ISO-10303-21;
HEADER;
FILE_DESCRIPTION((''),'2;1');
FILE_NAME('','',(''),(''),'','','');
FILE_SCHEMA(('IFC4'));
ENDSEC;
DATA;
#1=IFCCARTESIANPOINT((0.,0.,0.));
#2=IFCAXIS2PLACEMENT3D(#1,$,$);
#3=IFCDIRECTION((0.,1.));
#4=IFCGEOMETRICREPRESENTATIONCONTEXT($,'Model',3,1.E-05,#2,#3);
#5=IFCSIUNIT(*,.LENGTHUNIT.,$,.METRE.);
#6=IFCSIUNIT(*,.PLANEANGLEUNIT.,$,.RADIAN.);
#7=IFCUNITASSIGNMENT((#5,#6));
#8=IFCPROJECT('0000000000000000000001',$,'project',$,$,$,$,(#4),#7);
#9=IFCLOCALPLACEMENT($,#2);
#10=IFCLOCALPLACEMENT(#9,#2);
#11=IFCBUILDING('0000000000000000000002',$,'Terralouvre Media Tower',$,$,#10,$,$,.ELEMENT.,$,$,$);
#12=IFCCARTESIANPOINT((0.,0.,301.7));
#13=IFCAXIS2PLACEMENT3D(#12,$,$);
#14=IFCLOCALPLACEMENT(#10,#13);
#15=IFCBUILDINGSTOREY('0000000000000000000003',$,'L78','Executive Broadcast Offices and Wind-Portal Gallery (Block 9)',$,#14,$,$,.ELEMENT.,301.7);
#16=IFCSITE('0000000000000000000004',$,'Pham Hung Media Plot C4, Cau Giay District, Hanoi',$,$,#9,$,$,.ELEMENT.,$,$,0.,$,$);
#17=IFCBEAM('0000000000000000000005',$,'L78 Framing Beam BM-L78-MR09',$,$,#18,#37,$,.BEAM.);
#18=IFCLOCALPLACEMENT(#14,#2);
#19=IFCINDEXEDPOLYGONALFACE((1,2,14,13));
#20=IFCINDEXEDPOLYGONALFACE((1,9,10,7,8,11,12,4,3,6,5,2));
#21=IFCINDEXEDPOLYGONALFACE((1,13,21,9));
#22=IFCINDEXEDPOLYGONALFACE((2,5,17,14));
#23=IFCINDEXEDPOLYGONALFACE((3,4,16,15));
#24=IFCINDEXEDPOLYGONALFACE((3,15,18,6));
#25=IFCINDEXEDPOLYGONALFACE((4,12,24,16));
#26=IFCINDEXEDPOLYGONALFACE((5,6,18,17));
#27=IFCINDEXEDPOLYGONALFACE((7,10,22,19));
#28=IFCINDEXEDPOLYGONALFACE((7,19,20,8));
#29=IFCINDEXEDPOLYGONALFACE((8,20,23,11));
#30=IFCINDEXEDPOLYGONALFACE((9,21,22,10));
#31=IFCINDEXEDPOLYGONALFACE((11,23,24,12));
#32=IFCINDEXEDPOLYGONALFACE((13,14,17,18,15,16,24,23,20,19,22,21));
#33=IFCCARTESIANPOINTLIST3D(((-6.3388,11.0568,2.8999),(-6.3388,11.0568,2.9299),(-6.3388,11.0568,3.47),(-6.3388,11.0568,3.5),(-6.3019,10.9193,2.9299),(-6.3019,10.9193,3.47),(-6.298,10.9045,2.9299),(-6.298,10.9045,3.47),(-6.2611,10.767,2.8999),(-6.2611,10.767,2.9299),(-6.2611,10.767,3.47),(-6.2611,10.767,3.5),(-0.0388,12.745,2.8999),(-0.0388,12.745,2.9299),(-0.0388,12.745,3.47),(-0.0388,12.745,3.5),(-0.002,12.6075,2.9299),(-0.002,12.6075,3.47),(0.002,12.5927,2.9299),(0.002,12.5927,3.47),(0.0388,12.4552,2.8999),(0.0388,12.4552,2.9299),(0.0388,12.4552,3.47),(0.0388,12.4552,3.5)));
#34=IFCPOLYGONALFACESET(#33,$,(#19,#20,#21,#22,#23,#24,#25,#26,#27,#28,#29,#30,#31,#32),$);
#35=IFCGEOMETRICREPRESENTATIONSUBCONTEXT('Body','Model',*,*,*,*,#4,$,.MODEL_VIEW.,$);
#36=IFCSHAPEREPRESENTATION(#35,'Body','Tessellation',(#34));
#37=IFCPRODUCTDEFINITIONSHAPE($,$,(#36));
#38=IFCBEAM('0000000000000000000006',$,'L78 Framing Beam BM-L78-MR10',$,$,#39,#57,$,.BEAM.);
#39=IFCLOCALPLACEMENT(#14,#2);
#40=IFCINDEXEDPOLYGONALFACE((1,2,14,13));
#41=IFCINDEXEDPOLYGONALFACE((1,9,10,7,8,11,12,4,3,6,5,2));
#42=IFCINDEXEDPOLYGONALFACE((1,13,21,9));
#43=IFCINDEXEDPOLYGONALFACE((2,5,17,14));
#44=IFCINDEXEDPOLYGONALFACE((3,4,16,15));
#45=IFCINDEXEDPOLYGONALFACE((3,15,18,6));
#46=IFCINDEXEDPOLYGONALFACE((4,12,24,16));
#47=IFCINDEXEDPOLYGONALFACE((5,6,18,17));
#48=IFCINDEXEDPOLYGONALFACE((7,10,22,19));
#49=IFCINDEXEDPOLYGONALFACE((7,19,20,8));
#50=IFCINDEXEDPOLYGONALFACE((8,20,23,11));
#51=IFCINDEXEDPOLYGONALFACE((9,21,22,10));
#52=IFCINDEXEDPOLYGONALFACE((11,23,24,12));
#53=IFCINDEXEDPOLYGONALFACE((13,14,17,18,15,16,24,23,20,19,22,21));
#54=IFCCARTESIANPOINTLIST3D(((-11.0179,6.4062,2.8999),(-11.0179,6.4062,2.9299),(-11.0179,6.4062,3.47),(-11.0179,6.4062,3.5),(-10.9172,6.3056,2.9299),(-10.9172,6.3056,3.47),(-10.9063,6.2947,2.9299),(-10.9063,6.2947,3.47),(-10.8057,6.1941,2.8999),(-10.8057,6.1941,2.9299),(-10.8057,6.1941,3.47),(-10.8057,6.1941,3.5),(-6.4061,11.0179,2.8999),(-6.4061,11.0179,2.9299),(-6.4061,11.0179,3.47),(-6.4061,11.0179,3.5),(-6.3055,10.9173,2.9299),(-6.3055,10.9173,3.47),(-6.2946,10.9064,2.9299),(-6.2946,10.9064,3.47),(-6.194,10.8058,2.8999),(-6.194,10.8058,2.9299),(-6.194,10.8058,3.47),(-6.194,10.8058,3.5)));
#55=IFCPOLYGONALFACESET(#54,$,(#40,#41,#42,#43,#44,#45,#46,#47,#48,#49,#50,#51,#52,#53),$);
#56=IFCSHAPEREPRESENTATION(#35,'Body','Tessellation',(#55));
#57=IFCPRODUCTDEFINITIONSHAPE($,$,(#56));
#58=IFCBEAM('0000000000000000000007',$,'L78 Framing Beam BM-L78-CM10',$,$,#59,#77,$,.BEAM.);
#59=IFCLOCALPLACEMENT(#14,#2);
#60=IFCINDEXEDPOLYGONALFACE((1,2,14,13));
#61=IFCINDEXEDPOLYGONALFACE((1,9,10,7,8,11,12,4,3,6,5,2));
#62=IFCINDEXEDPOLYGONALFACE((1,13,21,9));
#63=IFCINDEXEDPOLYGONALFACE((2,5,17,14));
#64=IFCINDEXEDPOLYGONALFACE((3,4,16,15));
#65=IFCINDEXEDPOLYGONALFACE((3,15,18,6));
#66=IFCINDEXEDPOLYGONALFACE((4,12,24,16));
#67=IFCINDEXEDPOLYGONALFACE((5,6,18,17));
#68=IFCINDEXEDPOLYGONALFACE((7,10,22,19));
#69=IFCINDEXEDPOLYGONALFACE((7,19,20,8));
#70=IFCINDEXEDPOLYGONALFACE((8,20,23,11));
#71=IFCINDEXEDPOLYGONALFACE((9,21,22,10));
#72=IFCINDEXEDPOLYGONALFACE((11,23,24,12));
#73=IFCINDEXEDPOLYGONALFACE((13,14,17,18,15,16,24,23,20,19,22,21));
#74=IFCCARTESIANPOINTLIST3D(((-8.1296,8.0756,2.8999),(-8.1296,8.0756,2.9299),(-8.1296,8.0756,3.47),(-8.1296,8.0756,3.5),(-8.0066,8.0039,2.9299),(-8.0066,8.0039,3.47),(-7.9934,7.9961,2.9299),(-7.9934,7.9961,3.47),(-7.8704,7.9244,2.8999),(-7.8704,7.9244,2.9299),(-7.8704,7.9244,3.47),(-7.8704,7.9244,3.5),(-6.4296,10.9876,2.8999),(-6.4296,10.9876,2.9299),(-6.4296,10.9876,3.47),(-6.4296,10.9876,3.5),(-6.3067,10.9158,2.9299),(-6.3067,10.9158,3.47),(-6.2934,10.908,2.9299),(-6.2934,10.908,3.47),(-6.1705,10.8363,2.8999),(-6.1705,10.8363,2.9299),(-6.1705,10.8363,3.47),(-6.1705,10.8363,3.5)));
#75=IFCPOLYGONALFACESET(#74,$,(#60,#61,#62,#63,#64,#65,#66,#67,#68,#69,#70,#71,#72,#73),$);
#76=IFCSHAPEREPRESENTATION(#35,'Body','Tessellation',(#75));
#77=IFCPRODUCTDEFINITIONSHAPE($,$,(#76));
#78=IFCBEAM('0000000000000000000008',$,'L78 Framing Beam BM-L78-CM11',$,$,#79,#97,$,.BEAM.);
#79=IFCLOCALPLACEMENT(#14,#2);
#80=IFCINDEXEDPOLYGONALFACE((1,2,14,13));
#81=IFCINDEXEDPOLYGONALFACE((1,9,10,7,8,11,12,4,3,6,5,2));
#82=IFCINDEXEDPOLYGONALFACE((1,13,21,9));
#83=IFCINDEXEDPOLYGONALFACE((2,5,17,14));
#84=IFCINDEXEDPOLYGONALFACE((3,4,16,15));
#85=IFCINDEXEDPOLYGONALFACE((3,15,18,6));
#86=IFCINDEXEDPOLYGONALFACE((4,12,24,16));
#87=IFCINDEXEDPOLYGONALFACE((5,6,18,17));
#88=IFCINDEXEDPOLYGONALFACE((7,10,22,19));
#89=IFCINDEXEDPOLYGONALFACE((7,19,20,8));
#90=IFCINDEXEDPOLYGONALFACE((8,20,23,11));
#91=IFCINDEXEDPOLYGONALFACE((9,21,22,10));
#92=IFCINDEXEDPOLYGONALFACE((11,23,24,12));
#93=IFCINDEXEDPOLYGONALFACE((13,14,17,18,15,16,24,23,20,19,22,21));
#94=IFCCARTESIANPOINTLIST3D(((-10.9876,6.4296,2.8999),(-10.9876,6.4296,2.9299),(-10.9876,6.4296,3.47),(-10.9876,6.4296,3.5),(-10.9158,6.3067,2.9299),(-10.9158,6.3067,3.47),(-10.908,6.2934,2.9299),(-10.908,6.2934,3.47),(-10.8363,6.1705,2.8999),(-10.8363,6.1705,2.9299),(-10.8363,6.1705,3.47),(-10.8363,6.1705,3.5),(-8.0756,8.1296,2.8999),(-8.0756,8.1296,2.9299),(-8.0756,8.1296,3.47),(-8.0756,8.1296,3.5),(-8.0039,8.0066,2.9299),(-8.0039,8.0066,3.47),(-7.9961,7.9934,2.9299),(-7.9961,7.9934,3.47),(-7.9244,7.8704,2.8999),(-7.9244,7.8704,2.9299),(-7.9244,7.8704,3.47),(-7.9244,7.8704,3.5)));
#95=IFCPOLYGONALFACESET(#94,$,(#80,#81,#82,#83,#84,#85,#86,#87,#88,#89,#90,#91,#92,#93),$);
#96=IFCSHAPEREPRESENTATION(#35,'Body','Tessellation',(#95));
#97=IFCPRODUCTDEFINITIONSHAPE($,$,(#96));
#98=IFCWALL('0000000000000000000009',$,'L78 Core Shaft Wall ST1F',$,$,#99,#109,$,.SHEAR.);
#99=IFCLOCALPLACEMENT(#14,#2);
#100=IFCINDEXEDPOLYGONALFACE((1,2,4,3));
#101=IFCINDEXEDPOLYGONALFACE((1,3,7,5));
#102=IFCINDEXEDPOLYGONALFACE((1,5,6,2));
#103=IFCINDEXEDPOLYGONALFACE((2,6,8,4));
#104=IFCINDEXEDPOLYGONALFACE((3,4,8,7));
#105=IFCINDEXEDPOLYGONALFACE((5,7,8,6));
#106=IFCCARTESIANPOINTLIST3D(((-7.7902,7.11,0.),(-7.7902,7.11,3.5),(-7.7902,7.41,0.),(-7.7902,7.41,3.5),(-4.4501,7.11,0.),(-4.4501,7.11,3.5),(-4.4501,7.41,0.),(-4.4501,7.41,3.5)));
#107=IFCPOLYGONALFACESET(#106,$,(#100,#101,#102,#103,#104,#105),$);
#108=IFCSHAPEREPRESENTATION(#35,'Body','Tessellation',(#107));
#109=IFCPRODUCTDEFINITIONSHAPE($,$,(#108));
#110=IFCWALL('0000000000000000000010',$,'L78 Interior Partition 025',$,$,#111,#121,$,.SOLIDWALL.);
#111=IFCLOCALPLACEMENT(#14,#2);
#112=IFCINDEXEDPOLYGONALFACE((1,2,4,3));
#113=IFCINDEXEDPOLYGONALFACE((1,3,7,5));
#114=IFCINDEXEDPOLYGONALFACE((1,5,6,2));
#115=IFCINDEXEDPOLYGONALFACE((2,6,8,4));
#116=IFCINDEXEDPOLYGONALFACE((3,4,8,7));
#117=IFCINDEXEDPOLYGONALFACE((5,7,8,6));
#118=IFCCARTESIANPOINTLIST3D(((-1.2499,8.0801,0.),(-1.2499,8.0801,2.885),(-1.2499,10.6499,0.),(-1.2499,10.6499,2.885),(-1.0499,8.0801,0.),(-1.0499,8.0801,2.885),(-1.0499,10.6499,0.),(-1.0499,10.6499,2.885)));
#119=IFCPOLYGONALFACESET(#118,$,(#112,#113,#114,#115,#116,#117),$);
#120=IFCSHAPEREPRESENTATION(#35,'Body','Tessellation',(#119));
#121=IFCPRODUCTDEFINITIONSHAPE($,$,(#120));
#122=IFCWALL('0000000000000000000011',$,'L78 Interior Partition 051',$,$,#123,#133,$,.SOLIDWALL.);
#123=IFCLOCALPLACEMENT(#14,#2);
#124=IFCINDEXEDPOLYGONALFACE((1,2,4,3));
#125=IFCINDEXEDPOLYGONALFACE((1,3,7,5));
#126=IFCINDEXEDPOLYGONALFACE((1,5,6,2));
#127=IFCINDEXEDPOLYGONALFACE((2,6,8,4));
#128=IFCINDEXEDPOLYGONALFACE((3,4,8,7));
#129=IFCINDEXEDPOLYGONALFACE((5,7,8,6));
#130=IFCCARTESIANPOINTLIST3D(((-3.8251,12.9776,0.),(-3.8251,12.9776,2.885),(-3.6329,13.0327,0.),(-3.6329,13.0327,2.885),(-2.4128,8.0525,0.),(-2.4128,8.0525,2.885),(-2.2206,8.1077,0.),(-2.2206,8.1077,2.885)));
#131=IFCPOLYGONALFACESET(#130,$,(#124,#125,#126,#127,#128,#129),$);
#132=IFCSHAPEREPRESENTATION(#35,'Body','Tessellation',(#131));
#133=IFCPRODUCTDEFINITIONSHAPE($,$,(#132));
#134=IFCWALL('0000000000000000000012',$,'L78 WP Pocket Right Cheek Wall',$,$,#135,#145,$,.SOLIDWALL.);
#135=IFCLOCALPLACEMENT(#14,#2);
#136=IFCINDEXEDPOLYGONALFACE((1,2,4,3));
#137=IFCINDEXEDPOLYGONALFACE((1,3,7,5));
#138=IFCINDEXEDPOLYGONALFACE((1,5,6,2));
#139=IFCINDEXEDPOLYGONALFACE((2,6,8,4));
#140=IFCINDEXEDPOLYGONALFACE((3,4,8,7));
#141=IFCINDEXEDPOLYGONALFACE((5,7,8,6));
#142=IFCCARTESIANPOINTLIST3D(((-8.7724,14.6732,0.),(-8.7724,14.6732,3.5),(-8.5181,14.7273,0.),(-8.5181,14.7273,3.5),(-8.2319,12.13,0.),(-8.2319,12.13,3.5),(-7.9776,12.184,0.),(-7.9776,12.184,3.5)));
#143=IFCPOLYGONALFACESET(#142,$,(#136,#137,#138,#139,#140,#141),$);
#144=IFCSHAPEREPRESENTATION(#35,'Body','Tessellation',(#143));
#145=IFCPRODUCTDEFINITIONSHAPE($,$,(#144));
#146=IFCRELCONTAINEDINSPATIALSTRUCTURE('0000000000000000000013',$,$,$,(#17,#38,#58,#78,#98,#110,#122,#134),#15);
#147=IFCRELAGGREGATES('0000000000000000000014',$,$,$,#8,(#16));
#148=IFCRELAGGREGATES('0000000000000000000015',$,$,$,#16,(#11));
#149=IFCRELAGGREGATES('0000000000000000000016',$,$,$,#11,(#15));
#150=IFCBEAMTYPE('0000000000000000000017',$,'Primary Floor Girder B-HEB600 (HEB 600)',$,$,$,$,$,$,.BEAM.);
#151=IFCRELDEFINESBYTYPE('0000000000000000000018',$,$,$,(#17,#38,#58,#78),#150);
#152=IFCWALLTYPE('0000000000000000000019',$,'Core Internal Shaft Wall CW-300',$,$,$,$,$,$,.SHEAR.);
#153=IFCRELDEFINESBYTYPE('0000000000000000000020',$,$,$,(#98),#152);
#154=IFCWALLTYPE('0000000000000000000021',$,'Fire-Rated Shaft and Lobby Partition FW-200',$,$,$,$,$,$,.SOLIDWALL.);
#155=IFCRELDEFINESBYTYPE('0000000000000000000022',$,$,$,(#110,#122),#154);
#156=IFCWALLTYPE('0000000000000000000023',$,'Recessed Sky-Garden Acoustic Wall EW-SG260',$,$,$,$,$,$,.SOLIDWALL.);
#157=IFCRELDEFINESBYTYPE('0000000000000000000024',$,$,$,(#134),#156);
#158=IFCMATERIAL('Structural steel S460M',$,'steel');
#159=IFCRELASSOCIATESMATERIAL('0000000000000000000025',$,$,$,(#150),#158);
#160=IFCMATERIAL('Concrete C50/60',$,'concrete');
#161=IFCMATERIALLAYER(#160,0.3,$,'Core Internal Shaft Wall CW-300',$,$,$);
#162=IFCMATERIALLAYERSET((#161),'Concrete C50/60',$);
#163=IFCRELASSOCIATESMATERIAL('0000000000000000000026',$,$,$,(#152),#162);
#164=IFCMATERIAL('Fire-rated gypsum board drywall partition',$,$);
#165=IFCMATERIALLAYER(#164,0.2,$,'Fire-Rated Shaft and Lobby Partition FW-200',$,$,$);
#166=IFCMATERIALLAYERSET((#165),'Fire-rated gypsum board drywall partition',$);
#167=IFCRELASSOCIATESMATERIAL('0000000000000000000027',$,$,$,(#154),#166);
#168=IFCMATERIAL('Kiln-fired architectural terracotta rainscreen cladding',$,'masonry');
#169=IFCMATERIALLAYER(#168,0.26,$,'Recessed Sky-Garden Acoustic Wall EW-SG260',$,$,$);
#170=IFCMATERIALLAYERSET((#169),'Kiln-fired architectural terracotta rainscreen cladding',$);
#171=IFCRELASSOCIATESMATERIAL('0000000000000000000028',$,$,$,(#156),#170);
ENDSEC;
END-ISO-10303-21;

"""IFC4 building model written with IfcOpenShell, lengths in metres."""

from ifc_helpers import new_model, si_unit, direction, frame, frame_2d, origin, origin_2d, place, context, subcontext, project, spatial, rectangle, i_section, extrude, material, layer, layer_set, material_profile, profile_set, type_object, element, save


model = new_model("IFC4")

# Units and contexts
model_context = context("Model", 3, precision=1e-05, world=origin(), true_north=direction((0.0, 1.0)))
body_context = subcontext(model_context, "Body", "Model", "MODEL_VIEW")
ifc_project = project(units=[si_unit("LENGTHUNIT", "METRE"), si_unit("PLANEANGLEUNIT", "RADIAN")], contexts=[model_context])

# Site, building, storey
site_placement = place(None, origin())
site = spatial("IfcSite", under=ifc_project, at=site_placement, Name="Pham Hung Media Plot C4, Cau Giay District, Hanoi", CompositionType="ELEMENT", RefElevation=0.0)
building_placement = place(site_placement, origin())
building = spatial("IfcBuilding", under=site, at=building_placement, Name="Terralouvre Media Tower", CompositionType="ELEMENT")
storey_placement = place(building_placement, frame((0.0, 0.0, 301.7)))
storey = spatial("IfcBuildingStorey", under=building, at=storey_placement, Name="L78", Description="Executive Broadcast Offices and Wind-Portal Gallery (Block 9)", CompositionType="ELEMENT", Elevation=301.7)

# Beams
ifc_material_1 = material(Name="Structural steel S460M", Category="steel")
ifc_material_profile_1 = material_profile(ifc_material_1, i_section(OverallWidth=0.3, OverallDepth=0.6001, WebThickness=0.0154, FlangeThickness=0.03, at=origin_2d()), Name="HEB 600")
ifc_profile_set_1 = profile_set([ifc_material_profile_1], Name="Structural steel S460M")
beam_type_1 = type_object("IfcBeamType", Name="Primary Floor Girder B-HEB600 (HEB 600)", PredefinedType="BEAM", material=ifc_profile_set_1)
beam_1_placement = place(storey_placement, frame((0.0, 12.6001, 3.2), z_axis=(-0.96592, -0.258839, 0.0), x_axis=(0.258839, -0.96592, 0.0)))
element("IfcBeam", 1, at=beam_1_placement, inside=storey, type_object=beam_type_1, Name="L78 Framing Beam BM-L78-MR09", PredefinedType="BEAM", context=body_context, shape_type="SweptSolid", body=[
    extrude(i_section(OverallWidth=0.3, OverallDepth=0.6001, WebThickness=0.0154, FlangeThickness=0.03, at=origin_2d()), origin(), (0.0, 0.0, 1.0), 6.5222),
])
beam_2_placement = place(storey_placement, frame((-6.3, 10.9119, 3.2), z_axis=(-0.707107, -0.707107, 0.0), x_axis=(0.707107, -0.707107, 0.0)))
element("IfcBeam", 2, at=beam_2_placement, inside=storey, type_object=beam_type_1, Name="L78 Framing Beam BM-L78-MR10", PredefinedType="BEAM", context=body_context, shape_type="SweptSolid", body=[
    extrude(i_section(OverallWidth=0.3, OverallDepth=0.6001, WebThickness=0.0154, FlangeThickness=0.03, at=origin_2d()), origin(), (0.0, 0.0, 1.0), 6.522),
])
for number, where, z_axis, x_axis, name in (
    (3, (-8.0, 8.0, 3.2), (0.504173, 0.863603, 0.0), (-0.863603, 0.504173, 0.0), "L78 Framing Beam BM-L78-CM10"),
    (4, (-8.0, 8.0, 3.2), (-0.863603, -0.504173, 0.0), (0.504173, -0.863603, 0.0), "L78 Framing Beam BM-L78-CM11"),
):
    element("IfcBeam", number, at=place(storey_placement, frame(where, z_axis=z_axis, x_axis=x_axis)), inside=storey, type_object=beam_type_1, Name=name, PredefinedType="BEAM", context=body_context, shape_type="SweptSolid", body=[
        extrude(i_section(OverallWidth=0.3, OverallDepth=0.6001, WebThickness=0.0154, FlangeThickness=0.03, at=origin_2d()), origin(), (0.0, 0.0, 1.0), 3.3718),
    ])

# Wall
ifc_material_2 = material(Name="Concrete C50/60", Category="concrete")
ifc_layer_1 = layer(ifc_material_2, 0.3, Name="Core Internal Shaft Wall CW-300")
ifc_layer_set_1 = layer_set([ifc_layer_1], Name="Concrete C50/60")
wall_type_1 = type_object("IfcWallType", Name="Core Internal Shaft Wall CW-300", PredefinedType="SHEAR", material=ifc_layer_set_1)
wall_1_placement = place(storey_placement, frame((-7.79, 7.26, 0.0), z_axis=(0.0, 0.0, 1.0), x_axis=(1.0, 0.0, 0.0)))
element("IfcWall", 5, at=wall_1_placement, inside=storey, type_object=wall_type_1, Name="L78 Core Shaft Wall ST1F", PredefinedType="SHEAR", context=body_context, shape_type="SweptSolid", body=[
    extrude(rectangle(XDim=3.3401, YDim=0.3, at=frame_2d((1.6699, 0.0))), origin(), (0.0, 0.0, 1.0), 3.5),
])

# Walls
ifc_material_3 = material(Name="Fire-rated gypsum board drywall partition")
ifc_layer_2 = layer(ifc_material_3, 0.2, Name="Fire-Rated Shaft and Lobby Partition FW-200")
ifc_layer_set_2 = layer_set([ifc_layer_2], Name="Fire-rated gypsum board drywall partition")
wall_type_2 = type_object("IfcWallType", Name="Fire-Rated Shaft and Lobby Partition FW-200", PredefinedType="SOLIDWALL", material=ifc_layer_set_2)
wall_2_placement = place(storey_placement, frame((-1.1499, 10.6499, 0.0), z_axis=(0.0, 0.0, 1.0), x_axis=(0.0, -1.0, 0.0)))
element("IfcWall", 6, at=wall_2_placement, inside=storey, type_object=wall_type_2, Name="L78 Interior Partition 025", PredefinedType="SOLIDWALL", context=body_context, shape_type="SweptSolid", body=[
    extrude(rectangle(XDim=2.5698, YDim=0.2, at=frame_2d((1.2849, 0.0))), origin(), (0.0, 0.0, 1.0), 2.885),
])
wall_3_placement = place(storey_placement, frame((-3.729, 13.0051, 0.0), z_axis=(0.0, 0.0, 1.0), x_axis=(0.275659, -0.961256, 0.0)))
element("IfcWall", 7, at=wall_3_placement, inside=storey, type_object=wall_type_2, Name="L78 Interior Partition 051", PredefinedType="SOLIDWALL", context=body_context, shape_type="SweptSolid", body=[
    extrude(rectangle(XDim=5.1235, YDim=0.2, at=frame_2d((2.5618, 0.0))), origin(), (0.0, 0.0, 1.0), 2.885),
])
ifc_material_4 = material(Name="Kiln-fired architectural terracotta rainscreen cladding", Category="masonry")
ifc_layer_3 = layer(ifc_material_4, 0.26, Name="Recessed Sky-Garden Acoustic Wall EW-SG260")
ifc_layer_set_3 = layer_set([ifc_layer_3], Name="Kiln-fired architectural terracotta rainscreen cladding")
wall_type_3 = type_object("IfcWallType", Name="Recessed Sky-Garden Acoustic Wall EW-SG260", PredefinedType="SOLIDWALL", material=ifc_layer_set_3)
wall_4_placement = place(storey_placement, frame((-8.1047, 12.157, 0.0), z_axis=(0.0, 0.0, 1.0), x_axis=(-0.207894, 0.978151, 0.0)))
element("IfcWall", 8, at=wall_4_placement, inside=storey, type_object=wall_type_3, Name="L78 WP Pocket Right Cheek Wall", PredefinedType="SOLIDWALL", context=body_context, shape_type="SweptSolid", body=[
    extrude(rectangle(XDim=2.6001, YDim=0.26, at=frame_2d((1.3, 0.0))), origin(), (0.0, 0.0, 1.0), 3.5),
])

save(model, "model.ifc")
